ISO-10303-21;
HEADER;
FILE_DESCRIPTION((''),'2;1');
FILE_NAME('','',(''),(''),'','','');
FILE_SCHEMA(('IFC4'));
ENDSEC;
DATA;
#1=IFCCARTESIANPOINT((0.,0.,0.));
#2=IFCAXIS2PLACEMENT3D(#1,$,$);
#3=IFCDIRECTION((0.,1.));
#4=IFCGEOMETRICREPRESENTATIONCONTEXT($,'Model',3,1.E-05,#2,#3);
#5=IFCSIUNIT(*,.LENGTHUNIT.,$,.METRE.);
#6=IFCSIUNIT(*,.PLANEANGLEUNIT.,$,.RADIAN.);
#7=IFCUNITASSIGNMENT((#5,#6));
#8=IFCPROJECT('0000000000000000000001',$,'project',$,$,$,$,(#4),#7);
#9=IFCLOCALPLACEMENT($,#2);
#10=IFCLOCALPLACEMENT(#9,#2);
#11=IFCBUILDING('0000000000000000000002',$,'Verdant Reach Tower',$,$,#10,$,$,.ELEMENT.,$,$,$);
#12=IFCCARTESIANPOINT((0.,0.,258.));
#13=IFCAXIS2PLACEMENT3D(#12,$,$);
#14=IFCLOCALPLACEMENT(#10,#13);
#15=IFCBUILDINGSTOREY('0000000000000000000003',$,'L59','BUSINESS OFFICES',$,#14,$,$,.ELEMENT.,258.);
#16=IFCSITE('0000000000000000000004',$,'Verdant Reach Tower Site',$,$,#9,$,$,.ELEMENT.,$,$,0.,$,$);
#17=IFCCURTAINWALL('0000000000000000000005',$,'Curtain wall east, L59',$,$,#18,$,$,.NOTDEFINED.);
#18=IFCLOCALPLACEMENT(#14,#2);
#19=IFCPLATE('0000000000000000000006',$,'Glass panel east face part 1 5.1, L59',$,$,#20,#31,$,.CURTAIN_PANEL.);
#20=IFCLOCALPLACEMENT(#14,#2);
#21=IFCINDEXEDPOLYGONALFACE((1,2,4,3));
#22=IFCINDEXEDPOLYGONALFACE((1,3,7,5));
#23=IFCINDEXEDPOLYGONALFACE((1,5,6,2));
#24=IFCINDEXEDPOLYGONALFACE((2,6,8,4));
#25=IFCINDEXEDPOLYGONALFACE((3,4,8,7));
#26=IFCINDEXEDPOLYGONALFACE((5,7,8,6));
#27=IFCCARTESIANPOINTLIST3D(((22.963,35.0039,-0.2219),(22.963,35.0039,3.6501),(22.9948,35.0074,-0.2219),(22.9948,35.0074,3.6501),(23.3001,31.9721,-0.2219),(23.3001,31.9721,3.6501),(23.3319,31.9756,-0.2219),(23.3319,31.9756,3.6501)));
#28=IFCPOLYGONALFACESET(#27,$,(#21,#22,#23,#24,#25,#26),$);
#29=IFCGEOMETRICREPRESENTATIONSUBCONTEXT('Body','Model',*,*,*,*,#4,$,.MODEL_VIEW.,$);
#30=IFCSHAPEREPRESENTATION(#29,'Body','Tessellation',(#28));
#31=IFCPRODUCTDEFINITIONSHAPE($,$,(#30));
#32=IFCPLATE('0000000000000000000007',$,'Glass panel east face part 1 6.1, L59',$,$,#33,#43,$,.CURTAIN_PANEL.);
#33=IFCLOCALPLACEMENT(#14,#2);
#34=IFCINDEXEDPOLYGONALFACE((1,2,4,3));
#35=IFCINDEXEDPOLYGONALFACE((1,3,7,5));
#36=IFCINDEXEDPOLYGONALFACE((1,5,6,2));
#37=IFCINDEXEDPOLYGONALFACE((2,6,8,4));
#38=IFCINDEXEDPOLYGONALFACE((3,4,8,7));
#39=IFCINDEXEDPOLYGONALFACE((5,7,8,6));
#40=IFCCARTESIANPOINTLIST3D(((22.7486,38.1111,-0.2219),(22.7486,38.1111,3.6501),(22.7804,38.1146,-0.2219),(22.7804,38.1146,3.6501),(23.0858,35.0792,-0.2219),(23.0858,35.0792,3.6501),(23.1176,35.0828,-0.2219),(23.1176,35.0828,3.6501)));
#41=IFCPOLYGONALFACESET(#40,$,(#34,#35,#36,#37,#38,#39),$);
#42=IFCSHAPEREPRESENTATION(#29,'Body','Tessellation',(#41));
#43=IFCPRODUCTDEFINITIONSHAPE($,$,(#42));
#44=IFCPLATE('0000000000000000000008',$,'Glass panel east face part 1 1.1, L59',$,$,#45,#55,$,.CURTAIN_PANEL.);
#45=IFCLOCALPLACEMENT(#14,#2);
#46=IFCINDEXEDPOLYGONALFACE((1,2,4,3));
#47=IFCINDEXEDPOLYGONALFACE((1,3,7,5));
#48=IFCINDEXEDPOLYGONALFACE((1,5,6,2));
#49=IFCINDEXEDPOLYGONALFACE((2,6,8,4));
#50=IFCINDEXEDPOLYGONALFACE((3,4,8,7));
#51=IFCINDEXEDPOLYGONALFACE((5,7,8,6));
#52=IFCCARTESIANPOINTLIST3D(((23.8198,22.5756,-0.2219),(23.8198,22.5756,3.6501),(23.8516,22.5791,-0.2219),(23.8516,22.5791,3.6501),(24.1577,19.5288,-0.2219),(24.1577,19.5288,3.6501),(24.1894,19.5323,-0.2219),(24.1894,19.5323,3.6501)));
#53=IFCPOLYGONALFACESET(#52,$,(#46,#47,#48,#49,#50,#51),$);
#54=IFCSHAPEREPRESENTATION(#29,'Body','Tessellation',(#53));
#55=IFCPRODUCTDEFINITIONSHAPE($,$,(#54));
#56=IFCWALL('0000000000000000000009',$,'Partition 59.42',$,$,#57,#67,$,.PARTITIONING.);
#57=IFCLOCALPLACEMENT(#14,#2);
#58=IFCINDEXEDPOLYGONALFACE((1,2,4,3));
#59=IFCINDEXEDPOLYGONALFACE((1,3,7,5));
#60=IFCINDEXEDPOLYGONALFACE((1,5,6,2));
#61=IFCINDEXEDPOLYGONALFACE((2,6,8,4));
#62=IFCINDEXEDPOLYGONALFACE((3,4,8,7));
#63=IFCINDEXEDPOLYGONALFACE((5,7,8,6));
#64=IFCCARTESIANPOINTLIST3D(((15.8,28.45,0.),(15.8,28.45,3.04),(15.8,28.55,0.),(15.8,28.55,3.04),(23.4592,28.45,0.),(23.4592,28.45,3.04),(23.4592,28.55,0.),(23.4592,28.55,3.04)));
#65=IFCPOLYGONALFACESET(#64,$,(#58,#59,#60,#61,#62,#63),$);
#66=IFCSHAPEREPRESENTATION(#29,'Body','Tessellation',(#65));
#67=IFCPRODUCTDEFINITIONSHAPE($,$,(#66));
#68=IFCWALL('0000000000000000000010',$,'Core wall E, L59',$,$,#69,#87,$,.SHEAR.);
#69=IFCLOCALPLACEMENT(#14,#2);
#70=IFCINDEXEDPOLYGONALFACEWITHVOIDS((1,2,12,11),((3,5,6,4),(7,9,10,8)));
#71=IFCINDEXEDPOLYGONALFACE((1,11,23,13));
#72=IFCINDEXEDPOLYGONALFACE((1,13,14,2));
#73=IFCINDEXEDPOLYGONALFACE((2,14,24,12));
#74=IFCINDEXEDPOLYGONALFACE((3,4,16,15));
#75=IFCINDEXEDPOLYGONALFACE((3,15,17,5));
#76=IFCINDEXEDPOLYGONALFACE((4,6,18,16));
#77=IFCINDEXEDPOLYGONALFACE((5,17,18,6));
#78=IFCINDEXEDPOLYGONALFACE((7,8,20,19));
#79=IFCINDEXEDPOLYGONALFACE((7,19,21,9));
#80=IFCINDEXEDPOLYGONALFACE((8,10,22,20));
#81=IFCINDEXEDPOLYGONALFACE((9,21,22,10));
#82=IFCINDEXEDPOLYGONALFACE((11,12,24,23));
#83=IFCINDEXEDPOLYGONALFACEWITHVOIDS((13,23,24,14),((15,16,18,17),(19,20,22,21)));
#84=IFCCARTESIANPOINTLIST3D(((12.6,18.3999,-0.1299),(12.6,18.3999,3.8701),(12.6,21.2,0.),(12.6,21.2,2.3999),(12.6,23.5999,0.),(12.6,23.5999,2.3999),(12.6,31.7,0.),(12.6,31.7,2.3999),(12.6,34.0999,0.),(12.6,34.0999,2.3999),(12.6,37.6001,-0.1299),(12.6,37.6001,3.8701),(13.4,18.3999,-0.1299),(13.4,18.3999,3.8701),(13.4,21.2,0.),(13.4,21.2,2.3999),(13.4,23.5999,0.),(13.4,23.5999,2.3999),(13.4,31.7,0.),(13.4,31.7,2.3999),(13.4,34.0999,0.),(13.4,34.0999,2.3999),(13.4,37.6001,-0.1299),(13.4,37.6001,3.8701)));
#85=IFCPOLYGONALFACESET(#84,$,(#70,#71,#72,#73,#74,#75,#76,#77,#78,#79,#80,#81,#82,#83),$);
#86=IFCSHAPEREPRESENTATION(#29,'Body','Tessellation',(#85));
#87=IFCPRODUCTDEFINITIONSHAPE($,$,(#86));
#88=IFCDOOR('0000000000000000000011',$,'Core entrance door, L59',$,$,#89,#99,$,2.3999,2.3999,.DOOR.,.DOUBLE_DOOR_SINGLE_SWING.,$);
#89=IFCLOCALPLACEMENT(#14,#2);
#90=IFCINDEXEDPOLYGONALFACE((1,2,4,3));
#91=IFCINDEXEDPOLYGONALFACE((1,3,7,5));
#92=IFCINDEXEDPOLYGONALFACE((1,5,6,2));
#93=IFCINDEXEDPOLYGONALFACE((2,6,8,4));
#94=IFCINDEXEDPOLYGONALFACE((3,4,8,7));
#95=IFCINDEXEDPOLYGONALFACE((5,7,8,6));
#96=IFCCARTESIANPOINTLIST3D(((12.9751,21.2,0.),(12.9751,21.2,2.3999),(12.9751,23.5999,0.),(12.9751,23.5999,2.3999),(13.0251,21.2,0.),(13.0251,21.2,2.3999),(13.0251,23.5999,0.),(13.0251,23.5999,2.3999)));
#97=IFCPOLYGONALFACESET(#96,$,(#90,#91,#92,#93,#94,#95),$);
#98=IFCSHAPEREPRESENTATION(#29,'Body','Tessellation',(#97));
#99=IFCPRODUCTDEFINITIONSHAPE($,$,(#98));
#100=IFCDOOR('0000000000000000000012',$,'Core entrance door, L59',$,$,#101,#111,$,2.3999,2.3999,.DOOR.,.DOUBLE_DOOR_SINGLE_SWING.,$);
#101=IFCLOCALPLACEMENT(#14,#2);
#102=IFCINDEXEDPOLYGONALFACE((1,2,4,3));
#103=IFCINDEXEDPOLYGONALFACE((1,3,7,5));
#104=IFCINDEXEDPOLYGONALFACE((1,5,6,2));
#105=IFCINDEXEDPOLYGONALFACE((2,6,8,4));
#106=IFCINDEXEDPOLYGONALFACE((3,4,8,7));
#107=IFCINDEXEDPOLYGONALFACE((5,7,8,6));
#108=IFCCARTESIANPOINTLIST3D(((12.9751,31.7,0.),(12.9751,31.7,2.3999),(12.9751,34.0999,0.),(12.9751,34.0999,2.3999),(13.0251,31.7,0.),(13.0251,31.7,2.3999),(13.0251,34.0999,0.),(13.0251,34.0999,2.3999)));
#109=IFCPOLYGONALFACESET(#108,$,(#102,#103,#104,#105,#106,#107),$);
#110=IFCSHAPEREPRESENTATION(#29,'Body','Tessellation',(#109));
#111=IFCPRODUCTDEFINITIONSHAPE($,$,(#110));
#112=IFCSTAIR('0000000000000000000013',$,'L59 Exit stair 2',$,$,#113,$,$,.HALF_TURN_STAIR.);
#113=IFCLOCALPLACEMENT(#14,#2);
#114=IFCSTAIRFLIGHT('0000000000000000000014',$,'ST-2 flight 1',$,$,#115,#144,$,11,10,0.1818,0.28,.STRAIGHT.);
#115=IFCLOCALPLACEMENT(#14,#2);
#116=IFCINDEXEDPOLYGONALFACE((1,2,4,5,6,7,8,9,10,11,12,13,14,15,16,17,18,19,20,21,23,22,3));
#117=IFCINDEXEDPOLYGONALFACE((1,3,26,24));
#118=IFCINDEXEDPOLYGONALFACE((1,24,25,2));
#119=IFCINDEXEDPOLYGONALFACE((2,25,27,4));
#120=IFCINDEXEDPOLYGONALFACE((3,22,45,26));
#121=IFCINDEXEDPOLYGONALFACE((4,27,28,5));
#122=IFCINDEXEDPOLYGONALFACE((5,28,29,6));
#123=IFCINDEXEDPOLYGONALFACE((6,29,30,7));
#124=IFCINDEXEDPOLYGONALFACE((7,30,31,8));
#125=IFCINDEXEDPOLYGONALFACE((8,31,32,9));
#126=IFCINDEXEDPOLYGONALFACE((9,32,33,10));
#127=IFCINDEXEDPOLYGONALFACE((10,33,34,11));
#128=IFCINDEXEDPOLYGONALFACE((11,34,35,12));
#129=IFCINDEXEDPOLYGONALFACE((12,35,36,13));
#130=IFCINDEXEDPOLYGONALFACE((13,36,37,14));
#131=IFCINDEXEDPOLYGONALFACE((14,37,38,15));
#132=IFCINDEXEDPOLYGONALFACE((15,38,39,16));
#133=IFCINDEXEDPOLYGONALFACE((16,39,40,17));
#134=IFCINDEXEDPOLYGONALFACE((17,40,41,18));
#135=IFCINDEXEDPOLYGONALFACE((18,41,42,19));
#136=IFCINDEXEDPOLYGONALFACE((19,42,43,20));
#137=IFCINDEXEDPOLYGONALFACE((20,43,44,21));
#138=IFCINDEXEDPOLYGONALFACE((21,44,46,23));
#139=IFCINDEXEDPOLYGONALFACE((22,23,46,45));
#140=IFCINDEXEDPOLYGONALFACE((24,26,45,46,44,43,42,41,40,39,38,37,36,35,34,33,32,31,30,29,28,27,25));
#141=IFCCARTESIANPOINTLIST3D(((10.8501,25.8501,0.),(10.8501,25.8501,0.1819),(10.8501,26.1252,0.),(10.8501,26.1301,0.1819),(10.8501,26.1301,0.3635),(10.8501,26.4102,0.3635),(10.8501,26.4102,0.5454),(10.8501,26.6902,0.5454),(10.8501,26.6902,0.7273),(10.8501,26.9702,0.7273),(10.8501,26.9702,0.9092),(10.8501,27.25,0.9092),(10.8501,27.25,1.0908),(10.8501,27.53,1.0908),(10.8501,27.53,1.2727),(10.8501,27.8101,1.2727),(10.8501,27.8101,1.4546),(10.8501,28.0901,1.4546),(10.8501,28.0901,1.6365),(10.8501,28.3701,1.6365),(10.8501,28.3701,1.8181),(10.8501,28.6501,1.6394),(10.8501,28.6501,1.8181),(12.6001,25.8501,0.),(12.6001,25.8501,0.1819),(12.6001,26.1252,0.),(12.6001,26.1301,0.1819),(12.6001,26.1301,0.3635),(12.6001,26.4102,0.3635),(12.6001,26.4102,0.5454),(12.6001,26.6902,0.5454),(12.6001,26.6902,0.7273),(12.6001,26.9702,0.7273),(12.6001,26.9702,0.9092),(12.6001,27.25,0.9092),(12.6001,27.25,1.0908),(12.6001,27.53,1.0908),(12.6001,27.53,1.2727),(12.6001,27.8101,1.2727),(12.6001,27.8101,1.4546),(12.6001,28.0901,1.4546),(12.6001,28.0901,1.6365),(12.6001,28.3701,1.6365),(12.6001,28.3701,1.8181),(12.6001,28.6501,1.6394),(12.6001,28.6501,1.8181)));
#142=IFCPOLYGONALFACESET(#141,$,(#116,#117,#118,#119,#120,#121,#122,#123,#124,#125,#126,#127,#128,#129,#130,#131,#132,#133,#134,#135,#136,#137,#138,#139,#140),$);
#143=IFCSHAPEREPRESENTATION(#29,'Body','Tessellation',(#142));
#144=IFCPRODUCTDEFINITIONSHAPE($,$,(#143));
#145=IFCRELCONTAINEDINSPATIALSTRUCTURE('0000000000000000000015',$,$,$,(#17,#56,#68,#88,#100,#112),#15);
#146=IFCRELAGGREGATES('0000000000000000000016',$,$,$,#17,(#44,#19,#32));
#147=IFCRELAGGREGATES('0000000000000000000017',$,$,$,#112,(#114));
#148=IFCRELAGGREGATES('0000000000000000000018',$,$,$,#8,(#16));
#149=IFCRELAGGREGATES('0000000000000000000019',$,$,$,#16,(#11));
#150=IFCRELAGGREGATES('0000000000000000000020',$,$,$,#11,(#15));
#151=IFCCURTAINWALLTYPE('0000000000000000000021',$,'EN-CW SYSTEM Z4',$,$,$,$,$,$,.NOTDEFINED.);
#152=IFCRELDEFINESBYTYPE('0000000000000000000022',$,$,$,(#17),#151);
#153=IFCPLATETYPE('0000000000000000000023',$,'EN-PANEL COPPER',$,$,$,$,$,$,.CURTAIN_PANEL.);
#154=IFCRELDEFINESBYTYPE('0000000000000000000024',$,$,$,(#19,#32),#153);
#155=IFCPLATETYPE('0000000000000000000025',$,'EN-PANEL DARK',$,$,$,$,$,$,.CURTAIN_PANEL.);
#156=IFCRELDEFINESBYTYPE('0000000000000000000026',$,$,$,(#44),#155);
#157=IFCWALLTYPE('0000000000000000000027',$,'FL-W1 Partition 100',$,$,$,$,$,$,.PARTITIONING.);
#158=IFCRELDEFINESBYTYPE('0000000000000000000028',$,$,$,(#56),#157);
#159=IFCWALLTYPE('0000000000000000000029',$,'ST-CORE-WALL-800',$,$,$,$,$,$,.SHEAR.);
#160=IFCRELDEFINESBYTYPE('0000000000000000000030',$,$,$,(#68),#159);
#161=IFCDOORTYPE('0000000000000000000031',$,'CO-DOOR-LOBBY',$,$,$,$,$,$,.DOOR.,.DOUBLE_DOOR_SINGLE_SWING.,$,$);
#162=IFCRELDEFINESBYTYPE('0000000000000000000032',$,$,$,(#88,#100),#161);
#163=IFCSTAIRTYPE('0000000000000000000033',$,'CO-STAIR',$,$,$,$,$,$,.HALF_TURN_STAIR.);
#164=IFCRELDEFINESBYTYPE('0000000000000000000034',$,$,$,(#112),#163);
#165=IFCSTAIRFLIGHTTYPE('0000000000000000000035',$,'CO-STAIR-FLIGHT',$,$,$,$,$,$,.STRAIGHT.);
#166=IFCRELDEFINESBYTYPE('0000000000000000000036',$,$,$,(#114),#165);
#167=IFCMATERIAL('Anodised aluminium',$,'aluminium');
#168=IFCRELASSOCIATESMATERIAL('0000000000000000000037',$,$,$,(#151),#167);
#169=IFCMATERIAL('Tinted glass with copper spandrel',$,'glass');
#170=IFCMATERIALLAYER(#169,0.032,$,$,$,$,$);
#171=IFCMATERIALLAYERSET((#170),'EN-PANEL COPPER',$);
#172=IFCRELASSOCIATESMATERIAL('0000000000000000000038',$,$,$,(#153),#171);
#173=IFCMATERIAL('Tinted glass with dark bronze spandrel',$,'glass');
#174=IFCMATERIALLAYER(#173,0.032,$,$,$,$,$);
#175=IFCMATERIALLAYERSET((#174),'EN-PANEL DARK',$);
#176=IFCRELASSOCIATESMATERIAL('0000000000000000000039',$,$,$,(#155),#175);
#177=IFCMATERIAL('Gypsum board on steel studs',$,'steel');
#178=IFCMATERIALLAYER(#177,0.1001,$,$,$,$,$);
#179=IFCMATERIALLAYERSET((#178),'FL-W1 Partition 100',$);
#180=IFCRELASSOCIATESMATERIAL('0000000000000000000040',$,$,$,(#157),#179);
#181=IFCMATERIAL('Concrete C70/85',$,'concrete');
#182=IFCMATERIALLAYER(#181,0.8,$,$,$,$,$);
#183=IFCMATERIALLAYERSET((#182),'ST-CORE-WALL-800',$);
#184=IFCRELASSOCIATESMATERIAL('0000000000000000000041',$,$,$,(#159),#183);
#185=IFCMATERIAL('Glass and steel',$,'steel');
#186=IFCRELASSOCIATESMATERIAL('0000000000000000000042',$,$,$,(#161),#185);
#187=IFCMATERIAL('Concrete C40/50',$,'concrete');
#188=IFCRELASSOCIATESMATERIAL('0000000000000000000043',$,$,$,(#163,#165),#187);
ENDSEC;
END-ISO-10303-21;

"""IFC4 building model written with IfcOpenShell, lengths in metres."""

from ifc_helpers import new_model, si_unit, direction, frame, frame_2d, origin, origin_2d, place, context, subcontext, project, spatial, polyline, rectangle, outline, extrude, material, layer, layer_set, type_object, element, fill, aggregate, save


model = new_model("IFC4")

# Units and contexts
model_context = context("Model", 3, precision=1e-05, world=origin(), true_north=direction((0.0, 1.0)))
body_context = subcontext(model_context, "Body", "Model", "MODEL_VIEW")
ifc_project = project(units=[si_unit("LENGTHUNIT", "METRE"), si_unit("PLANEANGLEUNIT", "RADIAN")], contexts=[model_context])

# Site, building, storey
site_placement = place(None, origin())
site = spatial("IfcSite", under=ifc_project, at=site_placement, Name="Verdant Reach Tower Site", CompositionType="ELEMENT", RefElevation=0.0)
building_placement = place(site_placement, origin())
building = spatial("IfcBuilding", under=site, at=building_placement, Name="Verdant Reach Tower", CompositionType="ELEMENT")
storey_placement = place(building_placement, frame((0.0, 0.0, 258.0)))
storey = spatial("IfcBuildingStorey", under=building, at=storey_placement, Name="L59", Description="BUSINESS OFFICES", CompositionType="ELEMENT", Elevation=258.0)

# Curtain wall
ifc_material_1 = material(Name="Anodised aluminium", Category="aluminium")
curtain_wall_type = type_object("IfcCurtainWallType", Name="EN-CW SYSTEM Z4", PredefinedType="NOTDEFINED", material=ifc_material_1)
curtain_wall_placement = place(storey_placement, origin())
curtain_wall = element("IfcCurtainWall", 1, at=curtain_wall_placement, inside=storey, type_object=curtain_wall_type, Name="Curtain wall east, L59", PredefinedType="NOTDEFINED")

# Plates
ifc_material_2 = material(Name="Tinted glass with copper spandrel", Category="glass")
ifc_layer_1 = layer(ifc_material_2, 0.032)
ifc_layer_set_1 = layer_set([ifc_layer_1], Name="EN-PANEL COPPER")
plate_type_1 = type_object("IfcPlateType", Name="EN-PANEL COPPER", PredefinedType="CURTAIN_PANEL", material=ifc_layer_set_1)
plate_1_placement = place(storey_placement, frame((23.1475, 33.4897, -0.2219), z_axis=(0.0, 0.0, 1.0), x_axis=(-0.110518, 0.993874, 0.0)))
plate_1 = element("IfcPlate", 2, at=plate_1_placement, type_object=plate_type_1, Name="Glass panel east face part 1 5.1, L59", PredefinedType="CURTAIN_PANEL", context=body_context, shape_type="SweptSolid", body=[
    extrude(rectangle(XDim=3.0505, YDim=0.032, at=origin_2d()), origin(), (0.0, 0.0, 1.0), 3.8721),
])
plate_2_placement = place(storey_placement, frame((22.9331, 36.5969, -0.2219), z_axis=(0.0, 0.0, 1.0), x_axis=(-0.110518, 0.993874, 0.0)))
plate_2 = element("IfcPlate", 3, at=plate_2_placement, type_object=plate_type_1, Name="Glass panel east face part 1 6.1, L59", PredefinedType="CURTAIN_PANEL", context=body_context, shape_type="SweptSolid", body=[
    extrude(rectangle(XDim=3.0505, YDim=0.032, at=origin_2d()), origin(), (0.0, 0.0, 1.0), 3.8721),
])
ifc_material_3 = material(Name="Tinted glass with dark bronze spandrel", Category="glass")
ifc_layer_2 = layer(ifc_material_3, 0.032)
ifc_layer_set_2 = layer_set([ifc_layer_2], Name="EN-PANEL DARK")
plate_type_2 = type_object("IfcPlateType", Name="EN-PANEL DARK", PredefinedType="CURTAIN_PANEL", material=ifc_layer_set_2)
plate_3_placement = place(storey_placement, frame((24.0046, 21.054, -0.2219), z_axis=(0.0, 0.0, 1.0), x_axis=(-0.110206, 0.993909, 0.0)))
plate_3 = element("IfcPlate", 4, at=plate_3_placement, type_object=plate_type_2, Name="Glass panel east face part 1 1.1, L59", PredefinedType="CURTAIN_PANEL", context=body_context, shape_type="SweptSolid", body=[
    extrude(rectangle(XDim=3.0654, YDim=0.032, at=origin_2d()), origin(), (0.0, 0.0, 1.0), 3.8721),
])
aggregate(curtain_wall, [plate_3, plate_1, plate_2])

# Wall
ifc_material_4 = material(Name="Gypsum board on steel studs", Category="steel")
ifc_layer_3 = layer(ifc_material_4, 0.1001)
ifc_layer_set_3 = layer_set([ifc_layer_3], Name="FL-W1 Partition 100")
wall_type_1 = type_object("IfcWallType", Name="FL-W1 Partition 100", PredefinedType="PARTITIONING", material=ifc_layer_set_3)
wall_1_placement = place(storey_placement, frame((23.4592, 28.5, 0.0), z_axis=(0.0, 0.0, 1.0), x_axis=(-1.0, 0.0, 0.0)))
element("IfcWall", 5, at=wall_1_placement, inside=storey, type_object=wall_type_1, Name="Partition 59.42", PredefinedType="PARTITIONING", context=body_context, shape_type="SweptSolid", body=[
    extrude(rectangle(XDim=7.6592, YDim=0.1001, at=frame_2d((3.8296, 0.0))), origin(), (0.0, 0.0, 1.0), 3.04),
])

# Wall, openings, doors
ifc_material_5 = material(Name="Concrete C70/85", Category="concrete")
ifc_layer_4 = layer(ifc_material_5, 0.8)
ifc_layer_set_4 = layer_set([ifc_layer_4], Name="ST-CORE-WALL-800")
wall_type_2 = type_object("IfcWallType", Name="ST-CORE-WALL-800", PredefinedType="SHEAR", material=ifc_layer_set_4)
wall_2_placement = place(storey_placement, frame((13.0, 18.3999, -0.1299), z_axis=(0.0, 0.0, 1.0), x_axis=(0.0, 1.0, 0.0)))
wall_2 = element("IfcWall", 6, at=wall_2_placement, inside=storey, type_object=wall_type_2, Name="Core wall E, L59", PredefinedType="SHEAR", context=body_context, shape_type="SweptSolid", body=[
    extrude(rectangle(XDim=19.2002, YDim=0.8, at=frame_2d((9.6001, 0.0))), origin(), (0.0, 0.0, 1.0), 4.0),
])
opening_1_placement = place(wall_2_placement, frame((2.8, 0.0, 0.1299)))
opening_1 = element("IfcOpeningElement", 7, at=opening_1_placement, cuts=wall_2, PredefinedType="OPENING", context=body_context, shape_type="SweptSolid", body=[
    extrude(rectangle(XDim=2.3999, YDim=2.3999, at=frame_2d((1.2, 1.2))), frame((0.0, 0.4099, 0.0), z_axis=(0.0, -1.0, 0.0), x_axis=(1.0, 0.0, 0.0)), (0.0, 0.0, 1.0), 0.8201),
])
opening_2_placement = place(wall_2_placement, frame((13.3, 0.0, 0.1299)))
opening_2 = element("IfcOpeningElement", 8, at=opening_2_placement, cuts=wall_2, PredefinedType="OPENING", context=body_context, shape_type="SweptSolid", body=[
    extrude(rectangle(XDim=2.3999, YDim=2.3999, at=frame_2d((1.2, 1.2))), frame((0.0, 0.4099, 0.0), z_axis=(0.0, -1.0, 0.0), x_axis=(1.0, 0.0, 0.0)), (0.0, 0.0, 1.0), 0.8201),
])
ifc_material_6 = material(Name="Glass and steel", Category="steel")
door_type = type_object("IfcDoorType", Name="CO-DOOR-LOBBY", OperationType="DOUBLE_DOOR_SINGLE_SWING", PredefinedType="DOOR", material=ifc_material_6)
door_1_placement = place(opening_1_placement, origin())
door_1 = element("IfcDoor", 9, at=door_1_placement, inside=storey, type_object=door_type, Name="Core entrance door, L59", OperationType="DOUBLE_DOOR_SINGLE_SWING", OverallHeight=2.3999, OverallWidth=2.3999, PredefinedType="DOOR", context=body_context, shape_type="SweptSolid", body=[
    extrude(rectangle(XDim=2.3999, YDim=2.3999, at=frame_2d((1.2, 1.2))), frame((0.0, 0.0249, 0.0), z_axis=(0.0, -1.0, 0.0), x_axis=(1.0, 0.0, 0.0)), (0.0, 0.0, 1.0), 0.05),
])
fill(opening_1, door_1)
door_2_placement = place(opening_2_placement, origin())
door_2 = element("IfcDoor", 10, at=door_2_placement, inside=storey, type_object=door_type, Name="Core entrance door, L59", OperationType="DOUBLE_DOOR_SINGLE_SWING", OverallHeight=2.3999, OverallWidth=2.3999, PredefinedType="DOOR", context=body_context, shape_type="SweptSolid", body=[
    extrude(rectangle(XDim=2.3999, YDim=2.3999, at=frame_2d((1.2, 1.2))), frame((0.0, 0.0249, 0.0), z_axis=(0.0, -1.0, 0.0), x_axis=(1.0, 0.0, 0.0)), (0.0, 0.0, 1.0), 0.05),
])
fill(opening_2, door_2)

# Stair, stair flight
ifc_material_7 = material(Name="Concrete C40/50", Category="concrete")
stair_type = type_object("IfcStairType", Name="CO-STAIR", PredefinedType="HALF_TURN_STAIR", material=ifc_material_7)
stair_placement = place(storey_placement, origin())
stair = element("IfcStair", 11, at=stair_placement, inside=storey, type_object=stair_type, Name="L59 Exit stair 2", PredefinedType="HALF_TURN_STAIR")
stair_flight_type = type_object("IfcStairFlightType", Name="CO-STAIR-FLIGHT", PredefinedType="STRAIGHT", material=ifc_material_7)
stair_flight_placement = place(storey_placement, frame((11.7251, 25.8501, 0.0), z_axis=(0.0, 0.0, 1.0), x_axis=(0.0, 1.0, 0.0)))
stair_flight = element("IfcStairFlight", 12, at=stair_flight_placement, type_object=stair_flight_type, Name="ST-2 flight 1", NumberOfRisers=11, NumberOfTreads=10, PredefinedType="STRAIGHT", RiserHeight=0.1818, TreadLength=0.28, context=body_context, shape_type="SweptSolid", body=[
    extrude(outline(polyline([(0.0, 0.0), (0.0, 0.1819), (0.28, 0.1819), (0.28, 0.3635), (0.5601, 0.3635), (0.5601, 0.5454), (0.8401, 0.5454), (0.8401, 0.7273), (1.1201, 0.7273), (1.1201, 0.9092), (1.3999, 0.9092), (1.3999, 1.0908), (1.6799, 1.0908), (1.6799, 1.2727), (1.96, 1.2727), (1.96, 1.4546), (2.24, 1.4546), (2.24, 1.6365), (2.52, 1.6365), (2.52, 1.8181), (2.8, 1.8181), (2.8, 2.0), (2.8, 1.6394), (0.2751, 0.0), (0.0, 0.0)])), frame((0.0, 0.875, 0.0), z_axis=(0.0, -1.0, 0.0), x_axis=(1.0, 0.0, 0.0)), (0.0, 0.0, 1.0), 1.75),
])
aggregate(stair, [stair_flight])

save(model, "model.ifc")
